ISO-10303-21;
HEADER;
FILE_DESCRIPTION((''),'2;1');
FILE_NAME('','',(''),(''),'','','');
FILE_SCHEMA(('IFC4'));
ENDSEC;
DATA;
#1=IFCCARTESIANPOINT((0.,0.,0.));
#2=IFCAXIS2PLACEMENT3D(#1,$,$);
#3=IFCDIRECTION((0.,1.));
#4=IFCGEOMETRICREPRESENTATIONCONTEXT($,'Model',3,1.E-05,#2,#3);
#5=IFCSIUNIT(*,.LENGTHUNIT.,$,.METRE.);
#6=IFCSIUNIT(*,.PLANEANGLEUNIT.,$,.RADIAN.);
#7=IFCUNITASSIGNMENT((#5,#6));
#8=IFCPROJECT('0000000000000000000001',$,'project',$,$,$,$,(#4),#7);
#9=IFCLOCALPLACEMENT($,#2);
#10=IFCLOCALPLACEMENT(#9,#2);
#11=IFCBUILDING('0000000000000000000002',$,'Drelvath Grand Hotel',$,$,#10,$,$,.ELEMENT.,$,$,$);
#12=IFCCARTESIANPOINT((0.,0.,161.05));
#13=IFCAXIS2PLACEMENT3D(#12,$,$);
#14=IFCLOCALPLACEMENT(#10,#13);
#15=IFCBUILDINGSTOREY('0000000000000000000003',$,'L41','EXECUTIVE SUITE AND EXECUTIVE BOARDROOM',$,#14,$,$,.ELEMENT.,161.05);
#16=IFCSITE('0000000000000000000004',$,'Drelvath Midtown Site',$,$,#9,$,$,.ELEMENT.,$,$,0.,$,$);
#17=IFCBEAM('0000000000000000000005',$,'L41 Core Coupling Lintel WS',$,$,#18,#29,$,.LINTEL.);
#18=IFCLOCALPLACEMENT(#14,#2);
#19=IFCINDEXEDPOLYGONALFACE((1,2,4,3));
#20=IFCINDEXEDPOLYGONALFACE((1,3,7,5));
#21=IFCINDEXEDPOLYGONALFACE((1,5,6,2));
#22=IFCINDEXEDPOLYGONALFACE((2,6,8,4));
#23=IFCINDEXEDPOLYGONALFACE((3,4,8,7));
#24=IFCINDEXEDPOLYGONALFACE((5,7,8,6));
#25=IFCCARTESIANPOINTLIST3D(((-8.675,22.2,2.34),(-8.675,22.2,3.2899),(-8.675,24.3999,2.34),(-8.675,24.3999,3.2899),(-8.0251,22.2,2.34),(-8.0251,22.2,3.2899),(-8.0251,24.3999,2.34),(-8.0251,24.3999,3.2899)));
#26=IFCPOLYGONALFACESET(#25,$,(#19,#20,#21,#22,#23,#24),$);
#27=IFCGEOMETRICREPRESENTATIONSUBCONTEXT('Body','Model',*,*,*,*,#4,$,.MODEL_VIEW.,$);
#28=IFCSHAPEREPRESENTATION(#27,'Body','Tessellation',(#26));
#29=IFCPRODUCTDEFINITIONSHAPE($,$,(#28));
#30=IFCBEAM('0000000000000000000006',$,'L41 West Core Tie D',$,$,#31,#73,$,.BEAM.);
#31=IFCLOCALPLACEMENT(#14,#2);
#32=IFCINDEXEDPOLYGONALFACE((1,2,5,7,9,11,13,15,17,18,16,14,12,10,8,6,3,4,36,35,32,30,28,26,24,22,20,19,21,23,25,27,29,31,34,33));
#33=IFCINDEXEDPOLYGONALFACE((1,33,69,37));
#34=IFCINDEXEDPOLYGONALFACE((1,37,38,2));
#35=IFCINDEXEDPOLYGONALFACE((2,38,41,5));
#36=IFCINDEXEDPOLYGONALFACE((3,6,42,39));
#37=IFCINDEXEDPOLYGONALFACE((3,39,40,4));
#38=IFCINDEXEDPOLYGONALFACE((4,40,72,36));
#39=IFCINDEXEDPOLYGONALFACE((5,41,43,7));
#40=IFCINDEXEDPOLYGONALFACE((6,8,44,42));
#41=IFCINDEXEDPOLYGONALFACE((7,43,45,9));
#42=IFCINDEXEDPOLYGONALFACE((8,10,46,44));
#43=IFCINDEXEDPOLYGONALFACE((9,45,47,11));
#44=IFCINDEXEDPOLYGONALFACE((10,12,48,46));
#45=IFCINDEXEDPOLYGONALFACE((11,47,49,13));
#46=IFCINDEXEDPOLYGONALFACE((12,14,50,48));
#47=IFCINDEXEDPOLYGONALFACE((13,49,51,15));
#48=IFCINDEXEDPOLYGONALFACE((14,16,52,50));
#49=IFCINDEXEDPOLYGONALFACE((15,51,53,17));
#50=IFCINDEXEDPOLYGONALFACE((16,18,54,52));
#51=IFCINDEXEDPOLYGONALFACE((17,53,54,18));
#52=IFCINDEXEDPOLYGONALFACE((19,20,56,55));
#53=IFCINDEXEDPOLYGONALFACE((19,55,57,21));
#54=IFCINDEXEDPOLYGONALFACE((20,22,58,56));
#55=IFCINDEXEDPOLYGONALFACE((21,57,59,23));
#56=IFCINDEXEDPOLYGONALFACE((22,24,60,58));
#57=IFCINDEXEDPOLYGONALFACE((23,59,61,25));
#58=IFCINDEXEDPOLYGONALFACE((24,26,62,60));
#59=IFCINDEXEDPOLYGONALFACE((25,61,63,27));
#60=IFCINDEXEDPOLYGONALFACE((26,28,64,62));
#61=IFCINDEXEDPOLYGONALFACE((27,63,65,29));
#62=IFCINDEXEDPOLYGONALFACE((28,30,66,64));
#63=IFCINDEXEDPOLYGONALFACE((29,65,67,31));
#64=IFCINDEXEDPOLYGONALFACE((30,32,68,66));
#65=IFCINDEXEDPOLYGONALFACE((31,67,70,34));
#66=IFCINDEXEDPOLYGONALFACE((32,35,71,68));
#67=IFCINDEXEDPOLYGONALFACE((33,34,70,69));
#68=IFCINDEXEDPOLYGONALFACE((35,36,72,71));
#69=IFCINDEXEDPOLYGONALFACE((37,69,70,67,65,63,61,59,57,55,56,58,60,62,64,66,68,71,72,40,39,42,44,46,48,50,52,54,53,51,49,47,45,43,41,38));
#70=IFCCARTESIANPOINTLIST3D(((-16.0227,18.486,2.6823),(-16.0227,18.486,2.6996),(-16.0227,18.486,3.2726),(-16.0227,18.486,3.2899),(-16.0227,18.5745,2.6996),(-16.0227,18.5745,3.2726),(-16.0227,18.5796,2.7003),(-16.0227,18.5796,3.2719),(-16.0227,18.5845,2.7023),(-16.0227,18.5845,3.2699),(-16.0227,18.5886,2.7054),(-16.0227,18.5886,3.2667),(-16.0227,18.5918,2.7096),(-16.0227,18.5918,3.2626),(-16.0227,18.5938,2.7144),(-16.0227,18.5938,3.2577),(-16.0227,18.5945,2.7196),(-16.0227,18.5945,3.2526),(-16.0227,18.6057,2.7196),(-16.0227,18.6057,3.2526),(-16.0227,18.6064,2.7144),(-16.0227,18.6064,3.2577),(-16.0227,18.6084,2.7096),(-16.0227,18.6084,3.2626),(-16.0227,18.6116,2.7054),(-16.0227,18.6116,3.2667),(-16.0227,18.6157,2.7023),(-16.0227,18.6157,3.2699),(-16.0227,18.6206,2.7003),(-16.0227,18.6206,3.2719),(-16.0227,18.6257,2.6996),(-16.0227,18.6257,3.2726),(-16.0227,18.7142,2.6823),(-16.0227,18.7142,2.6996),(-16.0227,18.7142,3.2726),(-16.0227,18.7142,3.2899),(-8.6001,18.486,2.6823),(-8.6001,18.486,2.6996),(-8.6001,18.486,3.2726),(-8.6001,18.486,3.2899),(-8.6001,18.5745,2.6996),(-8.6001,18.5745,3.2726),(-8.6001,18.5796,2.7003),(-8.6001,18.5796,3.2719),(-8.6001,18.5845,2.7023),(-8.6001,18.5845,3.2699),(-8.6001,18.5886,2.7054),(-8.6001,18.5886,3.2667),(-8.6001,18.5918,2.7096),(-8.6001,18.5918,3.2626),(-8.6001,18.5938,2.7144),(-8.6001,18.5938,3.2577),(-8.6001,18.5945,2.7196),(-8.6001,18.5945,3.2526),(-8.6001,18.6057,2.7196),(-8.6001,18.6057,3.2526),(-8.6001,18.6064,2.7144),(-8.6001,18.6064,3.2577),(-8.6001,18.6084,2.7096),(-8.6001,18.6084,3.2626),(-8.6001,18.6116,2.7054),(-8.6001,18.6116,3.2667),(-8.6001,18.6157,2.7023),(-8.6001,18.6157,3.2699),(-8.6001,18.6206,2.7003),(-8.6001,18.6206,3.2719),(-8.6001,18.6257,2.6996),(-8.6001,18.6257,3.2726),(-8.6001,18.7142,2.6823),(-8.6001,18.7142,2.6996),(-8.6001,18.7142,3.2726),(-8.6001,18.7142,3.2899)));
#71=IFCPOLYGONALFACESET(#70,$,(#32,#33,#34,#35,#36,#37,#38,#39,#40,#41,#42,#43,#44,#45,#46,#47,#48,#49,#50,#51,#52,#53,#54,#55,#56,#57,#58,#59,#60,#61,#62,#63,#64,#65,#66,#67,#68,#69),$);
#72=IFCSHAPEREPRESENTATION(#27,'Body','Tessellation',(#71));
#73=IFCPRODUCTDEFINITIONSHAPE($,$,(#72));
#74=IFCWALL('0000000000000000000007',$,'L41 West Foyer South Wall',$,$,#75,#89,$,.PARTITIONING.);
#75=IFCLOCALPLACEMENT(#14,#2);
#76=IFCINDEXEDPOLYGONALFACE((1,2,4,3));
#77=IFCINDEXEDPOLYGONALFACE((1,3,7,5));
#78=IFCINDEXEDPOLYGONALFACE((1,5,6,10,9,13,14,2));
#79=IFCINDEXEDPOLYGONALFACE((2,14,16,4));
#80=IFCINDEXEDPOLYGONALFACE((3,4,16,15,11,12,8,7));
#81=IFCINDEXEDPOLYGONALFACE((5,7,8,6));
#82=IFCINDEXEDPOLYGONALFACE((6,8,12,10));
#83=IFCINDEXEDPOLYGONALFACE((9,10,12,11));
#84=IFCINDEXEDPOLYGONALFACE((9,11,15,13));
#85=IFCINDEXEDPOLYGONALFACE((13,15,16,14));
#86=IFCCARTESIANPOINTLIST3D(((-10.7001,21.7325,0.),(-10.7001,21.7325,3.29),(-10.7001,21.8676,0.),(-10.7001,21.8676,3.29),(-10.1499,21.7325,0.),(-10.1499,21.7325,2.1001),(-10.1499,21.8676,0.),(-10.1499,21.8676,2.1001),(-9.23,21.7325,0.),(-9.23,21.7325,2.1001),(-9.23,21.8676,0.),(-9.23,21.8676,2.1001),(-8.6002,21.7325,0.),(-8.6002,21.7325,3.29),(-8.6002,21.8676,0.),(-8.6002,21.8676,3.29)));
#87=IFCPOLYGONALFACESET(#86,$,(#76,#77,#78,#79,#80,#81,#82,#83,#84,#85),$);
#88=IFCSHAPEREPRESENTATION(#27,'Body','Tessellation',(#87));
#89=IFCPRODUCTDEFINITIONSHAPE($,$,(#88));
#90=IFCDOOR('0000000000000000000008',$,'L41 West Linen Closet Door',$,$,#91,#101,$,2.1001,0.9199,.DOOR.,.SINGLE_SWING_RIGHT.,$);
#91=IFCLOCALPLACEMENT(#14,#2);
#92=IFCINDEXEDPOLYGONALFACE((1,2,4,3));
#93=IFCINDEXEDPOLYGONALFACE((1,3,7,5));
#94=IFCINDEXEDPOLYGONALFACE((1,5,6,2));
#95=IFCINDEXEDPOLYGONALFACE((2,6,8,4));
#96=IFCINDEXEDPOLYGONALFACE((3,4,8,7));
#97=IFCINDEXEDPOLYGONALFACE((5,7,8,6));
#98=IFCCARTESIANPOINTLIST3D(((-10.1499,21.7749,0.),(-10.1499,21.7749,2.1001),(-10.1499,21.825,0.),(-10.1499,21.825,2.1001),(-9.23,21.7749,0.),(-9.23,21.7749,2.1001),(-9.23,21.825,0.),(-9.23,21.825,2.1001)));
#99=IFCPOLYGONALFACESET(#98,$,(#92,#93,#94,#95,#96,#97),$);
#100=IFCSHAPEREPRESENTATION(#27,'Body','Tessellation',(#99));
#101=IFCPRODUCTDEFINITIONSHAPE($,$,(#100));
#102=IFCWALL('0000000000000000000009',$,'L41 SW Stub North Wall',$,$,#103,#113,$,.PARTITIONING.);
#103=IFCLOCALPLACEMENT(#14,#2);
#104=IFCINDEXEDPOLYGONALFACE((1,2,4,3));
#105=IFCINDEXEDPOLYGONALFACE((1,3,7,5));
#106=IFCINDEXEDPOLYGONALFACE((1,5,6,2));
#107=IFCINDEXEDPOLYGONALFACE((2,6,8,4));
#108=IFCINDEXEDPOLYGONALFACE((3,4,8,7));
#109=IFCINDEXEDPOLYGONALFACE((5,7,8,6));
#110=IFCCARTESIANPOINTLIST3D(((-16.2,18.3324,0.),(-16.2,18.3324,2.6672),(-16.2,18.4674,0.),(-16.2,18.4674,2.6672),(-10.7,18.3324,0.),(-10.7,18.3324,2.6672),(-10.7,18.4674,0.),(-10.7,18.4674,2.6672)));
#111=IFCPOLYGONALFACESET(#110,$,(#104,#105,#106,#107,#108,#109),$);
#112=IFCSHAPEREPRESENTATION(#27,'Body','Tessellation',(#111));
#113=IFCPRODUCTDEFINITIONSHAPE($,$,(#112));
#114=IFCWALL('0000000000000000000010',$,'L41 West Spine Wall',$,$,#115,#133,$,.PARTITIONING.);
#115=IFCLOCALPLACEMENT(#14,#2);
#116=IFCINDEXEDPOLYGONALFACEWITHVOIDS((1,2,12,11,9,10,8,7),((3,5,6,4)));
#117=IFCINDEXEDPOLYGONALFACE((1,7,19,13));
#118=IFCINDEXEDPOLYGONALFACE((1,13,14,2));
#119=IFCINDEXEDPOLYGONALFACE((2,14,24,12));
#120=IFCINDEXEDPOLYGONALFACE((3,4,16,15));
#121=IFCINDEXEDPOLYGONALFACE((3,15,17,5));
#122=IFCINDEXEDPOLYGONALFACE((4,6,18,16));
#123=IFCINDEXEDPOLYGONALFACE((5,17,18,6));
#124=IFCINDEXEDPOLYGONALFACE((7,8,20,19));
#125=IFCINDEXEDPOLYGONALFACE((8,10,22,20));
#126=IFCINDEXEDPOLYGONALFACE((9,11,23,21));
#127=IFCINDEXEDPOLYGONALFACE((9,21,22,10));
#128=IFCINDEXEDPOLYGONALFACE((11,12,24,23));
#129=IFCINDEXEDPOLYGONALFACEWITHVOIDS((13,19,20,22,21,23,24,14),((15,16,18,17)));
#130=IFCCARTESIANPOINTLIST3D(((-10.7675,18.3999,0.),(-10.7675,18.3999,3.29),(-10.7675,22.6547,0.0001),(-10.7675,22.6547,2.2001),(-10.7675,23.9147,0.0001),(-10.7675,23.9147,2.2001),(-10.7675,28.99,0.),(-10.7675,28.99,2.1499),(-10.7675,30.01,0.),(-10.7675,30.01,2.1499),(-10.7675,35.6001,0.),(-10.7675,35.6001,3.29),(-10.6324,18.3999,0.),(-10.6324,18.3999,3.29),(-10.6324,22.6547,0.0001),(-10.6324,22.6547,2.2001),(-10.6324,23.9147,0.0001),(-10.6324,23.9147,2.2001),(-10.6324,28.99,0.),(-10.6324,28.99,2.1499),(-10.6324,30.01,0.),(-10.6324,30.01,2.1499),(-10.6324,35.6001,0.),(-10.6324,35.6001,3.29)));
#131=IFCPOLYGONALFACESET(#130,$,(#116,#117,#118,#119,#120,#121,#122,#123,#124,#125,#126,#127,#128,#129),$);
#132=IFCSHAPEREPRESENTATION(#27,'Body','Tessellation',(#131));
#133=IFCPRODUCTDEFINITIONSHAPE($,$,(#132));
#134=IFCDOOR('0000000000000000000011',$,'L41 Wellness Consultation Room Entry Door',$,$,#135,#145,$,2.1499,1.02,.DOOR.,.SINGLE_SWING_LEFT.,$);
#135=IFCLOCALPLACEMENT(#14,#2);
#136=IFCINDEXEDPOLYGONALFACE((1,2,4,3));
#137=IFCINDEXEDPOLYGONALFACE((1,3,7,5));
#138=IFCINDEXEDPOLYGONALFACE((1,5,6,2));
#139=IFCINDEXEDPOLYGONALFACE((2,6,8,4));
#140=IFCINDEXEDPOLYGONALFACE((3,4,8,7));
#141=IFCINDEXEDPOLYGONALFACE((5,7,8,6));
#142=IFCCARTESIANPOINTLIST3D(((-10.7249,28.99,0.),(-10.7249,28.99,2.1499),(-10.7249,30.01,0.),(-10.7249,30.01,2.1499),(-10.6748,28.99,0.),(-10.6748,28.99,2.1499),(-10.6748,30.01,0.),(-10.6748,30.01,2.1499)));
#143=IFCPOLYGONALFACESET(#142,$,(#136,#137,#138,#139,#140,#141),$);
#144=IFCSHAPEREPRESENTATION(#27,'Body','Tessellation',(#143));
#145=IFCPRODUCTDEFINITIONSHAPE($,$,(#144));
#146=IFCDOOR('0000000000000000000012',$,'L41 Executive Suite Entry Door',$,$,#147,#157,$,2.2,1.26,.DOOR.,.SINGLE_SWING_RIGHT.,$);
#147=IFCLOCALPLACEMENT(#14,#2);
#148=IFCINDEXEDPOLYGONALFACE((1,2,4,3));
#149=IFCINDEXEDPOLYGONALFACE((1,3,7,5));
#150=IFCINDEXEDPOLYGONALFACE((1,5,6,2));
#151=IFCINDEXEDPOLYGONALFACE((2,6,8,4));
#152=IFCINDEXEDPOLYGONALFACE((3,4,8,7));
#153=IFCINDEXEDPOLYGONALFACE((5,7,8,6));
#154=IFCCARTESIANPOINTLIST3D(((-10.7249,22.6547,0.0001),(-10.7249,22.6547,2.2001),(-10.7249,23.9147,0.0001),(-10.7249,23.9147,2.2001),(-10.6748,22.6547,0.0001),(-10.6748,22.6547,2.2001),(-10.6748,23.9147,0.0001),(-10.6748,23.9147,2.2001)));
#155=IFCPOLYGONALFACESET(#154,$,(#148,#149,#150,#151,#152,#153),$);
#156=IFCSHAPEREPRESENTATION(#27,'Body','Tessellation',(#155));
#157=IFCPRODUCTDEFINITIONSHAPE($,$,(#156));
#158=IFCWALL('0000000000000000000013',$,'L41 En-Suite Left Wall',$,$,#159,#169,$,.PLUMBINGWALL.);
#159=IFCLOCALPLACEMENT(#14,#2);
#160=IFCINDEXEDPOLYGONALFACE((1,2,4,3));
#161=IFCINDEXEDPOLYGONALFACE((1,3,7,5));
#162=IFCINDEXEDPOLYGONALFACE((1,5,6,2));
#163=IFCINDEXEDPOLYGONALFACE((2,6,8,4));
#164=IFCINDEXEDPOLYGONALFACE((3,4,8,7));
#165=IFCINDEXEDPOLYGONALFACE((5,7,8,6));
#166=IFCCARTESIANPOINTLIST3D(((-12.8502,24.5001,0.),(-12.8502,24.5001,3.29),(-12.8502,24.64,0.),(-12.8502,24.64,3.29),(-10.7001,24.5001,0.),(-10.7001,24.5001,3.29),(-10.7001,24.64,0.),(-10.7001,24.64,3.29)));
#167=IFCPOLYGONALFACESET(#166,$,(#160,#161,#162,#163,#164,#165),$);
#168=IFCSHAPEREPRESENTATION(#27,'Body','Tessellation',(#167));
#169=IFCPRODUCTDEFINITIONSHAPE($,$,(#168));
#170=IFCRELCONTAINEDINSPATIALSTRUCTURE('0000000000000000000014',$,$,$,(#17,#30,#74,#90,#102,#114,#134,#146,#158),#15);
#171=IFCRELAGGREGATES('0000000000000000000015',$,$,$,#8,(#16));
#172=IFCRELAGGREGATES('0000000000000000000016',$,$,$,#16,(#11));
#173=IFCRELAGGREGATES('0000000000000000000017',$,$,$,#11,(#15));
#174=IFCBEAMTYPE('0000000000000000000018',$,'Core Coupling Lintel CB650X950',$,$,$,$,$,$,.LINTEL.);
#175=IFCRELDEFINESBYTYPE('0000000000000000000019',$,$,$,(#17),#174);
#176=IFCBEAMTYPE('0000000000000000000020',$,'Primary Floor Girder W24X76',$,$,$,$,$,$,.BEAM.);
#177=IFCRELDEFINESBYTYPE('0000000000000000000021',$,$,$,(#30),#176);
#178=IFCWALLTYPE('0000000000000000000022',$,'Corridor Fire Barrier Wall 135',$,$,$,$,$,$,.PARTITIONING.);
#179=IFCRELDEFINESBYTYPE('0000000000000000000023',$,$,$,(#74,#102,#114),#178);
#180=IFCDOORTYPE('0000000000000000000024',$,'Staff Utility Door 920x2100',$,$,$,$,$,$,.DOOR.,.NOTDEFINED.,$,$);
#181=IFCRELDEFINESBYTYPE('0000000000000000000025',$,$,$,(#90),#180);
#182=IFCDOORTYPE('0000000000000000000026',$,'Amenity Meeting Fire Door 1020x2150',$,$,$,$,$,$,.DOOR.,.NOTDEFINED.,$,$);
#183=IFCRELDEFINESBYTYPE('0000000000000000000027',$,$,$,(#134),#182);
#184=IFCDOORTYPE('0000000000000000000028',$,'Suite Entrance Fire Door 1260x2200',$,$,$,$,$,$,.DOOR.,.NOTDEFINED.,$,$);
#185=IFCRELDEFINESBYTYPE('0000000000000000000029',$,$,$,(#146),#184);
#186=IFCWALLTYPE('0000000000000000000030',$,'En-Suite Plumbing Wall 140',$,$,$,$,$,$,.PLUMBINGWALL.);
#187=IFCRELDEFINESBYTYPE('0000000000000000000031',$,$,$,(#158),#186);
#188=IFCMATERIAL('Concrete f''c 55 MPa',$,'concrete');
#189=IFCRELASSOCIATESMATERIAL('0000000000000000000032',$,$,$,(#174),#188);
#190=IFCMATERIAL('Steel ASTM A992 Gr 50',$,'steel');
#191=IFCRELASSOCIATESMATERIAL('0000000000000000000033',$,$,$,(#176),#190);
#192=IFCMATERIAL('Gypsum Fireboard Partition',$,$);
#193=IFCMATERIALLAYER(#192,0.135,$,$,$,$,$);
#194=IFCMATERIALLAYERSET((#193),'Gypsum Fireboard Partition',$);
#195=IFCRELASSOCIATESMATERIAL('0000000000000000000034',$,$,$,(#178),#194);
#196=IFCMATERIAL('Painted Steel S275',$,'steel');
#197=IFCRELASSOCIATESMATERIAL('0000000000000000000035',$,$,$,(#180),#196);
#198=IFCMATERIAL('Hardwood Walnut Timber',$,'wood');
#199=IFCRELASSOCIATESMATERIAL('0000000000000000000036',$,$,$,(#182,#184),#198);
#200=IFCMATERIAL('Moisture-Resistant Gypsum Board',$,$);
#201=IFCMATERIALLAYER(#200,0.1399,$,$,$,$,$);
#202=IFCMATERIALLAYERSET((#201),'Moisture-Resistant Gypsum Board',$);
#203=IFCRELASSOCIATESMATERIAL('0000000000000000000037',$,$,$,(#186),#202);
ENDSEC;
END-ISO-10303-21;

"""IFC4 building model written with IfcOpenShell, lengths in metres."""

from ifc_helpers import new_model, si_unit, direction, frame, frame_2d, origin, origin_2d, place, context, subcontext, project, spatial, rectangle, i_section, extrude, material, layer, layer_set, material_profile, profile_set, type_object, element, fill, save


model = new_model("IFC4")

# Units and contexts
model_context = context("Model", 3, precision=1e-05, world=origin(), true_north=direction((0.0, 1.0)))
body_context = subcontext(model_context, "Body", "Model", "MODEL_VIEW")
ifc_project = project(units=[si_unit("LENGTHUNIT", "METRE"), si_unit("PLANEANGLEUNIT", "RADIAN")], contexts=[model_context])

# Site, building, storey
site_placement = place(None, origin())
site = spatial("IfcSite", under=ifc_project, at=site_placement, Name="Drelvath Midtown Site", CompositionType="ELEMENT", RefElevation=0.0)
building_placement = place(site_placement, origin())
building = spatial("IfcBuilding", under=site, at=building_placement, Name="Drelvath Grand Hotel", CompositionType="ELEMENT")
storey_placement = place(building_placement, frame((0.0, 0.0, 161.05)))
storey = spatial("IfcBuildingStorey", under=building, at=storey_placement, Name="L41", Description="EXECUTIVE SUITE AND EXECUTIVE BOARDROOM", CompositionType="ELEMENT", Elevation=161.05)

# Beams
ifc_material_1 = material(Name="Concrete f'c 55 MPa", Category="concrete")
ifc_material_profile_1 = material_profile(ifc_material_1, rectangle(XDim=0.6499, YDim=0.95, at=origin_2d()), Name="CB650X950")
ifc_profile_set_1 = profile_set([ifc_material_profile_1], Name="Concrete f'c 55 MPa")
beam_type_1 = type_object("IfcBeamType", Name="Core Coupling Lintel CB650X950", PredefinedType="LINTEL", material=ifc_profile_set_1)
beam_1_placement = place(storey_placement, frame((-8.3501, 22.2, 2.8149), z_axis=(0.0, 1.0, 0.0), x_axis=(-1.0, 0.0, 0.0)))
element("IfcBeam", 1, at=beam_1_placement, inside=storey, type_object=beam_type_1, Name="L41 Core Coupling Lintel WS", PredefinedType="LINTEL", context=body_context, shape_type="SweptSolid", body=[
    extrude(rectangle(XDim=0.6499, YDim=0.95, at=origin_2d()), origin(), (0.0, 0.0, 1.0), 2.2),
])
ifc_material_2 = material(Name="Steel ASTM A992 Gr 50", Category="steel")
ifc_material_profile_2 = material_profile(ifc_material_2, i_section(OverallWidth=0.2283, OverallDepth=0.6077, WebThickness=0.0112, FlangeThickness=0.0173, FilletRadius=0.02, at=origin_2d()), Name="W24X76")
ifc_profile_set_2 = profile_set([ifc_material_profile_2], Name="Steel ASTM A992 Gr 50")
beam_type_2 = type_object("IfcBeamType", Name="Primary Floor Girder W24X76", PredefinedType="BEAM", material=ifc_profile_set_2)
beam_2_placement = place(storey_placement, frame((-16.0227, 18.6001, 2.9861), z_axis=(1.0, 0.0, 0.0), x_axis=(0.0, 1.0, 0.0)))
element("IfcBeam", 2, at=beam_2_placement, inside=storey, type_object=beam_type_2, Name="L41 West Core Tie D", PredefinedType="BEAM", context=body_context, shape_type="SweptSolid", body=[
    extrude(i_section(OverallWidth=0.2283, OverallDepth=0.6077, WebThickness=0.0112, FlangeThickness=0.0173, FilletRadius=0.02, at=origin_2d()), origin(), (0.0, 0.0, 1.0), 7.4226),
])

# Wall, opening, door
ifc_material_3 = material(Name="Gypsum Fireboard Partition")
ifc_layer_1 = layer(ifc_material_3, 0.135)
ifc_layer_set_1 = layer_set([ifc_layer_1], Name="Gypsum Fireboard Partition")
wall_type_1 = type_object("IfcWallType", Name="Corridor Fire Barrier Wall 135", PredefinedType="PARTITIONING", material=ifc_layer_set_1)
wall_1_placement = place(storey_placement, frame((-10.7, 21.8, 0.0), z_axis=(0.0, 0.0, 1.0), x_axis=(1.0, 0.0, 0.0)))
wall_1 = element("IfcWall", 3, at=wall_1_placement, inside=storey, type_object=wall_type_1, Name="L41 West Foyer South Wall", PredefinedType="PARTITIONING", context=body_context, shape_type="SweptSolid", body=[
    extrude(rectangle(XDim=2.0999, YDim=0.135, at=frame_2d((1.0498, 0.0))), origin(), (0.0, 0.0, 1.0), 3.29),
])
opening_1_placement = place(wall_1_placement, frame((0.55, 0.0, 0.0)))
opening_1 = element("IfcOpeningElement", 4, at=opening_1_placement, cuts=wall_1, PredefinedType="OPENING", context=body_context, shape_type="SweptSolid", body=[
    extrude(rectangle(XDim=0.9199, YDim=2.1001, at=frame_2d((0.46, 1.05))), frame((0.0, 0.0774, 0.0), z_axis=(0.0, -1.0, 0.0), x_axis=(1.0, 0.0, 0.0)), (0.0, 0.0, 1.0), 0.155),
])
ifc_material_4 = material(Name="Painted Steel S275", Category="steel")
door_type_1 = type_object("IfcDoorType", Name="Staff Utility Door 920x2100", OperationType="NOTDEFINED", PredefinedType="DOOR", material=ifc_material_4)
door_1_placement = place(opening_1_placement, origin())
door_1 = element("IfcDoor", 5, at=door_1_placement, inside=storey, type_object=door_type_1, Name="L41 West Linen Closet Door", OperationType="SINGLE_SWING_RIGHT", OverallHeight=2.1001, OverallWidth=0.9199, PredefinedType="DOOR", context=body_context, shape_type="SweptSolid", body=[
    extrude(rectangle(XDim=0.9199, YDim=2.1001, at=frame_2d((0.46, 1.05))), frame((0.0, 0.0249, 0.0), z_axis=(0.0, -1.0, 0.0), x_axis=(1.0, 0.0, 0.0)), (0.0, 0.0, 1.0), 0.05),
])
fill(opening_1, door_1)

# Wall
wall_2_placement = place(storey_placement, frame((-16.2, 18.3999, 0.0), z_axis=(0.0, 0.0, 1.0), x_axis=(1.0, 0.0, 0.0)))
element("IfcWall", 6, at=wall_2_placement, inside=storey, type_object=wall_type_1, Name="L41 SW Stub North Wall", PredefinedType="PARTITIONING", context=body_context, shape_type="SweptSolid", body=[
    extrude(rectangle(XDim=5.5, YDim=0.135, at=frame_2d((2.75, 0.0))), origin(), (0.0, 0.0, 1.0), 2.6672),
])

# Wall, openings, doors
wall_3_placement = place(storey_placement, frame((-10.7, 18.3999, 0.0), z_axis=(0.0, 0.0, 1.0), x_axis=(0.0, 1.0, 0.0)))
wall_3 = element("IfcWall", 7, at=wall_3_placement, inside=storey, type_object=wall_type_1, Name="L41 West Spine Wall", PredefinedType="PARTITIONING", context=body_context, shape_type="SweptSolid", body=[
    extrude(rectangle(XDim=17.2002, YDim=0.135, at=frame_2d((8.6001, 0.0))), origin(), (0.0, 0.0, 1.0), 3.29),
])
opening_2_placement = place(wall_3_placement, frame((4.2549, 0.0, 0.0)))
opening_2 = element("IfcOpeningElement", 8, at=opening_2_placement, cuts=wall_3, PredefinedType="OPENING", context=body_context, shape_type="SweptSolid", body=[
    extrude(rectangle(XDim=1.26, YDim=2.2, at=frame_2d((0.6299, 1.1001))), frame((0.0, 0.0774, 0.0), z_axis=(0.0, -1.0, 0.0), x_axis=(1.0, 0.0, 0.0)), (0.0, 0.0, 1.0), 0.155),
])
opening_3_placement = place(wall_3_placement, frame((10.5901, 0.0, 0.0)))
opening_3 = element("IfcOpeningElement", 9, at=opening_3_placement, cuts=wall_3, PredefinedType="OPENING", context=body_context, shape_type="SweptSolid", body=[
    extrude(rectangle(XDim=1.02, YDim=2.1499, at=frame_2d((0.51, 1.075))), frame((0.0, 0.0774, 0.0), z_axis=(0.0, -1.0, 0.0), x_axis=(1.0, 0.0, 0.0)), (0.0, 0.0, 1.0), 0.155),
])
ifc_material_5 = material(Name="Hardwood Walnut Timber", Category="wood")
door_type_2 = type_object("IfcDoorType", Name="Amenity Meeting Fire Door 1020x2150", OperationType="NOTDEFINED", PredefinedType="DOOR", material=ifc_material_5)
door_2_placement = place(opening_3_placement, origin())
door_2 = element("IfcDoor", 10, at=door_2_placement, inside=storey, type_object=door_type_2, Name="L41 Wellness Consultation Room Entry Door", OperationType="SINGLE_SWING_LEFT", OverallHeight=2.1499, OverallWidth=1.02, PredefinedType="DOOR", context=body_context, shape_type="SweptSolid", body=[
    extrude(rectangle(XDim=1.02, YDim=2.1499, at=frame_2d((0.51, 1.075))), frame((0.0, 0.0249, 0.0), z_axis=(0.0, -1.0, 0.0), x_axis=(1.0, 0.0, 0.0)), (0.0, 0.0, 1.0), 0.05),
])
fill(opening_3, door_2)
door_type_3 = type_object("IfcDoorType", Name="Suite Entrance Fire Door 1260x2200", OperationType="NOTDEFINED", PredefinedType="DOOR", material=ifc_material_5)
door_3_placement = place(opening_2_placement, origin())
door_3 = element("IfcDoor", 11, at=door_3_placement, inside=storey, type_object=door_type_3, Name="L41 Executive Suite Entry Door", OperationType="SINGLE_SWING_RIGHT", OverallHeight=2.2, OverallWidth=1.26, PredefinedType="DOOR", context=body_context, shape_type="SweptSolid", body=[
    extrude(rectangle(XDim=1.26, YDim=2.2, at=frame_2d((0.6299, 1.1001))), frame((0.0, 0.0249, 0.0), z_axis=(0.0, -1.0, 0.0), x_axis=(1.0, 0.0, 0.0)), (0.0, 0.0, 1.0), 0.05),
])
fill(opening_2, door_3)

# Wall
ifc_material_6 = material(Name="Moisture-Resistant Gypsum Board")
ifc_layer_2 = layer(ifc_material_6, 0.1399)
ifc_layer_set_2 = layer_set([ifc_layer_2], Name="Moisture-Resistant Gypsum Board")
wall_type_2 = type_object("IfcWallType", Name="En-Suite Plumbing Wall 140", PredefinedType="PLUMBINGWALL", material=ifc_layer_set_2)
wall_4_placement = place(storey_placement, frame((-10.7, 24.5701, 0.0), z_axis=(0.0, 0.0, 1.0), x_axis=(-1.0, 0.0, 0.0)))
element("IfcWall", 12, at=wall_4_placement, inside=storey, type_object=wall_type_2, Name="L41 En-Suite Left Wall", PredefinedType="PLUMBINGWALL", context=body_context, shape_type="SweptSolid", body=[
    extrude(rectangle(XDim=2.1501, YDim=0.1399, at=frame_2d((1.0752, 0.0))), origin(), (0.0, 0.0, 1.0), 3.29),
])

save(model, "model.ifc")
